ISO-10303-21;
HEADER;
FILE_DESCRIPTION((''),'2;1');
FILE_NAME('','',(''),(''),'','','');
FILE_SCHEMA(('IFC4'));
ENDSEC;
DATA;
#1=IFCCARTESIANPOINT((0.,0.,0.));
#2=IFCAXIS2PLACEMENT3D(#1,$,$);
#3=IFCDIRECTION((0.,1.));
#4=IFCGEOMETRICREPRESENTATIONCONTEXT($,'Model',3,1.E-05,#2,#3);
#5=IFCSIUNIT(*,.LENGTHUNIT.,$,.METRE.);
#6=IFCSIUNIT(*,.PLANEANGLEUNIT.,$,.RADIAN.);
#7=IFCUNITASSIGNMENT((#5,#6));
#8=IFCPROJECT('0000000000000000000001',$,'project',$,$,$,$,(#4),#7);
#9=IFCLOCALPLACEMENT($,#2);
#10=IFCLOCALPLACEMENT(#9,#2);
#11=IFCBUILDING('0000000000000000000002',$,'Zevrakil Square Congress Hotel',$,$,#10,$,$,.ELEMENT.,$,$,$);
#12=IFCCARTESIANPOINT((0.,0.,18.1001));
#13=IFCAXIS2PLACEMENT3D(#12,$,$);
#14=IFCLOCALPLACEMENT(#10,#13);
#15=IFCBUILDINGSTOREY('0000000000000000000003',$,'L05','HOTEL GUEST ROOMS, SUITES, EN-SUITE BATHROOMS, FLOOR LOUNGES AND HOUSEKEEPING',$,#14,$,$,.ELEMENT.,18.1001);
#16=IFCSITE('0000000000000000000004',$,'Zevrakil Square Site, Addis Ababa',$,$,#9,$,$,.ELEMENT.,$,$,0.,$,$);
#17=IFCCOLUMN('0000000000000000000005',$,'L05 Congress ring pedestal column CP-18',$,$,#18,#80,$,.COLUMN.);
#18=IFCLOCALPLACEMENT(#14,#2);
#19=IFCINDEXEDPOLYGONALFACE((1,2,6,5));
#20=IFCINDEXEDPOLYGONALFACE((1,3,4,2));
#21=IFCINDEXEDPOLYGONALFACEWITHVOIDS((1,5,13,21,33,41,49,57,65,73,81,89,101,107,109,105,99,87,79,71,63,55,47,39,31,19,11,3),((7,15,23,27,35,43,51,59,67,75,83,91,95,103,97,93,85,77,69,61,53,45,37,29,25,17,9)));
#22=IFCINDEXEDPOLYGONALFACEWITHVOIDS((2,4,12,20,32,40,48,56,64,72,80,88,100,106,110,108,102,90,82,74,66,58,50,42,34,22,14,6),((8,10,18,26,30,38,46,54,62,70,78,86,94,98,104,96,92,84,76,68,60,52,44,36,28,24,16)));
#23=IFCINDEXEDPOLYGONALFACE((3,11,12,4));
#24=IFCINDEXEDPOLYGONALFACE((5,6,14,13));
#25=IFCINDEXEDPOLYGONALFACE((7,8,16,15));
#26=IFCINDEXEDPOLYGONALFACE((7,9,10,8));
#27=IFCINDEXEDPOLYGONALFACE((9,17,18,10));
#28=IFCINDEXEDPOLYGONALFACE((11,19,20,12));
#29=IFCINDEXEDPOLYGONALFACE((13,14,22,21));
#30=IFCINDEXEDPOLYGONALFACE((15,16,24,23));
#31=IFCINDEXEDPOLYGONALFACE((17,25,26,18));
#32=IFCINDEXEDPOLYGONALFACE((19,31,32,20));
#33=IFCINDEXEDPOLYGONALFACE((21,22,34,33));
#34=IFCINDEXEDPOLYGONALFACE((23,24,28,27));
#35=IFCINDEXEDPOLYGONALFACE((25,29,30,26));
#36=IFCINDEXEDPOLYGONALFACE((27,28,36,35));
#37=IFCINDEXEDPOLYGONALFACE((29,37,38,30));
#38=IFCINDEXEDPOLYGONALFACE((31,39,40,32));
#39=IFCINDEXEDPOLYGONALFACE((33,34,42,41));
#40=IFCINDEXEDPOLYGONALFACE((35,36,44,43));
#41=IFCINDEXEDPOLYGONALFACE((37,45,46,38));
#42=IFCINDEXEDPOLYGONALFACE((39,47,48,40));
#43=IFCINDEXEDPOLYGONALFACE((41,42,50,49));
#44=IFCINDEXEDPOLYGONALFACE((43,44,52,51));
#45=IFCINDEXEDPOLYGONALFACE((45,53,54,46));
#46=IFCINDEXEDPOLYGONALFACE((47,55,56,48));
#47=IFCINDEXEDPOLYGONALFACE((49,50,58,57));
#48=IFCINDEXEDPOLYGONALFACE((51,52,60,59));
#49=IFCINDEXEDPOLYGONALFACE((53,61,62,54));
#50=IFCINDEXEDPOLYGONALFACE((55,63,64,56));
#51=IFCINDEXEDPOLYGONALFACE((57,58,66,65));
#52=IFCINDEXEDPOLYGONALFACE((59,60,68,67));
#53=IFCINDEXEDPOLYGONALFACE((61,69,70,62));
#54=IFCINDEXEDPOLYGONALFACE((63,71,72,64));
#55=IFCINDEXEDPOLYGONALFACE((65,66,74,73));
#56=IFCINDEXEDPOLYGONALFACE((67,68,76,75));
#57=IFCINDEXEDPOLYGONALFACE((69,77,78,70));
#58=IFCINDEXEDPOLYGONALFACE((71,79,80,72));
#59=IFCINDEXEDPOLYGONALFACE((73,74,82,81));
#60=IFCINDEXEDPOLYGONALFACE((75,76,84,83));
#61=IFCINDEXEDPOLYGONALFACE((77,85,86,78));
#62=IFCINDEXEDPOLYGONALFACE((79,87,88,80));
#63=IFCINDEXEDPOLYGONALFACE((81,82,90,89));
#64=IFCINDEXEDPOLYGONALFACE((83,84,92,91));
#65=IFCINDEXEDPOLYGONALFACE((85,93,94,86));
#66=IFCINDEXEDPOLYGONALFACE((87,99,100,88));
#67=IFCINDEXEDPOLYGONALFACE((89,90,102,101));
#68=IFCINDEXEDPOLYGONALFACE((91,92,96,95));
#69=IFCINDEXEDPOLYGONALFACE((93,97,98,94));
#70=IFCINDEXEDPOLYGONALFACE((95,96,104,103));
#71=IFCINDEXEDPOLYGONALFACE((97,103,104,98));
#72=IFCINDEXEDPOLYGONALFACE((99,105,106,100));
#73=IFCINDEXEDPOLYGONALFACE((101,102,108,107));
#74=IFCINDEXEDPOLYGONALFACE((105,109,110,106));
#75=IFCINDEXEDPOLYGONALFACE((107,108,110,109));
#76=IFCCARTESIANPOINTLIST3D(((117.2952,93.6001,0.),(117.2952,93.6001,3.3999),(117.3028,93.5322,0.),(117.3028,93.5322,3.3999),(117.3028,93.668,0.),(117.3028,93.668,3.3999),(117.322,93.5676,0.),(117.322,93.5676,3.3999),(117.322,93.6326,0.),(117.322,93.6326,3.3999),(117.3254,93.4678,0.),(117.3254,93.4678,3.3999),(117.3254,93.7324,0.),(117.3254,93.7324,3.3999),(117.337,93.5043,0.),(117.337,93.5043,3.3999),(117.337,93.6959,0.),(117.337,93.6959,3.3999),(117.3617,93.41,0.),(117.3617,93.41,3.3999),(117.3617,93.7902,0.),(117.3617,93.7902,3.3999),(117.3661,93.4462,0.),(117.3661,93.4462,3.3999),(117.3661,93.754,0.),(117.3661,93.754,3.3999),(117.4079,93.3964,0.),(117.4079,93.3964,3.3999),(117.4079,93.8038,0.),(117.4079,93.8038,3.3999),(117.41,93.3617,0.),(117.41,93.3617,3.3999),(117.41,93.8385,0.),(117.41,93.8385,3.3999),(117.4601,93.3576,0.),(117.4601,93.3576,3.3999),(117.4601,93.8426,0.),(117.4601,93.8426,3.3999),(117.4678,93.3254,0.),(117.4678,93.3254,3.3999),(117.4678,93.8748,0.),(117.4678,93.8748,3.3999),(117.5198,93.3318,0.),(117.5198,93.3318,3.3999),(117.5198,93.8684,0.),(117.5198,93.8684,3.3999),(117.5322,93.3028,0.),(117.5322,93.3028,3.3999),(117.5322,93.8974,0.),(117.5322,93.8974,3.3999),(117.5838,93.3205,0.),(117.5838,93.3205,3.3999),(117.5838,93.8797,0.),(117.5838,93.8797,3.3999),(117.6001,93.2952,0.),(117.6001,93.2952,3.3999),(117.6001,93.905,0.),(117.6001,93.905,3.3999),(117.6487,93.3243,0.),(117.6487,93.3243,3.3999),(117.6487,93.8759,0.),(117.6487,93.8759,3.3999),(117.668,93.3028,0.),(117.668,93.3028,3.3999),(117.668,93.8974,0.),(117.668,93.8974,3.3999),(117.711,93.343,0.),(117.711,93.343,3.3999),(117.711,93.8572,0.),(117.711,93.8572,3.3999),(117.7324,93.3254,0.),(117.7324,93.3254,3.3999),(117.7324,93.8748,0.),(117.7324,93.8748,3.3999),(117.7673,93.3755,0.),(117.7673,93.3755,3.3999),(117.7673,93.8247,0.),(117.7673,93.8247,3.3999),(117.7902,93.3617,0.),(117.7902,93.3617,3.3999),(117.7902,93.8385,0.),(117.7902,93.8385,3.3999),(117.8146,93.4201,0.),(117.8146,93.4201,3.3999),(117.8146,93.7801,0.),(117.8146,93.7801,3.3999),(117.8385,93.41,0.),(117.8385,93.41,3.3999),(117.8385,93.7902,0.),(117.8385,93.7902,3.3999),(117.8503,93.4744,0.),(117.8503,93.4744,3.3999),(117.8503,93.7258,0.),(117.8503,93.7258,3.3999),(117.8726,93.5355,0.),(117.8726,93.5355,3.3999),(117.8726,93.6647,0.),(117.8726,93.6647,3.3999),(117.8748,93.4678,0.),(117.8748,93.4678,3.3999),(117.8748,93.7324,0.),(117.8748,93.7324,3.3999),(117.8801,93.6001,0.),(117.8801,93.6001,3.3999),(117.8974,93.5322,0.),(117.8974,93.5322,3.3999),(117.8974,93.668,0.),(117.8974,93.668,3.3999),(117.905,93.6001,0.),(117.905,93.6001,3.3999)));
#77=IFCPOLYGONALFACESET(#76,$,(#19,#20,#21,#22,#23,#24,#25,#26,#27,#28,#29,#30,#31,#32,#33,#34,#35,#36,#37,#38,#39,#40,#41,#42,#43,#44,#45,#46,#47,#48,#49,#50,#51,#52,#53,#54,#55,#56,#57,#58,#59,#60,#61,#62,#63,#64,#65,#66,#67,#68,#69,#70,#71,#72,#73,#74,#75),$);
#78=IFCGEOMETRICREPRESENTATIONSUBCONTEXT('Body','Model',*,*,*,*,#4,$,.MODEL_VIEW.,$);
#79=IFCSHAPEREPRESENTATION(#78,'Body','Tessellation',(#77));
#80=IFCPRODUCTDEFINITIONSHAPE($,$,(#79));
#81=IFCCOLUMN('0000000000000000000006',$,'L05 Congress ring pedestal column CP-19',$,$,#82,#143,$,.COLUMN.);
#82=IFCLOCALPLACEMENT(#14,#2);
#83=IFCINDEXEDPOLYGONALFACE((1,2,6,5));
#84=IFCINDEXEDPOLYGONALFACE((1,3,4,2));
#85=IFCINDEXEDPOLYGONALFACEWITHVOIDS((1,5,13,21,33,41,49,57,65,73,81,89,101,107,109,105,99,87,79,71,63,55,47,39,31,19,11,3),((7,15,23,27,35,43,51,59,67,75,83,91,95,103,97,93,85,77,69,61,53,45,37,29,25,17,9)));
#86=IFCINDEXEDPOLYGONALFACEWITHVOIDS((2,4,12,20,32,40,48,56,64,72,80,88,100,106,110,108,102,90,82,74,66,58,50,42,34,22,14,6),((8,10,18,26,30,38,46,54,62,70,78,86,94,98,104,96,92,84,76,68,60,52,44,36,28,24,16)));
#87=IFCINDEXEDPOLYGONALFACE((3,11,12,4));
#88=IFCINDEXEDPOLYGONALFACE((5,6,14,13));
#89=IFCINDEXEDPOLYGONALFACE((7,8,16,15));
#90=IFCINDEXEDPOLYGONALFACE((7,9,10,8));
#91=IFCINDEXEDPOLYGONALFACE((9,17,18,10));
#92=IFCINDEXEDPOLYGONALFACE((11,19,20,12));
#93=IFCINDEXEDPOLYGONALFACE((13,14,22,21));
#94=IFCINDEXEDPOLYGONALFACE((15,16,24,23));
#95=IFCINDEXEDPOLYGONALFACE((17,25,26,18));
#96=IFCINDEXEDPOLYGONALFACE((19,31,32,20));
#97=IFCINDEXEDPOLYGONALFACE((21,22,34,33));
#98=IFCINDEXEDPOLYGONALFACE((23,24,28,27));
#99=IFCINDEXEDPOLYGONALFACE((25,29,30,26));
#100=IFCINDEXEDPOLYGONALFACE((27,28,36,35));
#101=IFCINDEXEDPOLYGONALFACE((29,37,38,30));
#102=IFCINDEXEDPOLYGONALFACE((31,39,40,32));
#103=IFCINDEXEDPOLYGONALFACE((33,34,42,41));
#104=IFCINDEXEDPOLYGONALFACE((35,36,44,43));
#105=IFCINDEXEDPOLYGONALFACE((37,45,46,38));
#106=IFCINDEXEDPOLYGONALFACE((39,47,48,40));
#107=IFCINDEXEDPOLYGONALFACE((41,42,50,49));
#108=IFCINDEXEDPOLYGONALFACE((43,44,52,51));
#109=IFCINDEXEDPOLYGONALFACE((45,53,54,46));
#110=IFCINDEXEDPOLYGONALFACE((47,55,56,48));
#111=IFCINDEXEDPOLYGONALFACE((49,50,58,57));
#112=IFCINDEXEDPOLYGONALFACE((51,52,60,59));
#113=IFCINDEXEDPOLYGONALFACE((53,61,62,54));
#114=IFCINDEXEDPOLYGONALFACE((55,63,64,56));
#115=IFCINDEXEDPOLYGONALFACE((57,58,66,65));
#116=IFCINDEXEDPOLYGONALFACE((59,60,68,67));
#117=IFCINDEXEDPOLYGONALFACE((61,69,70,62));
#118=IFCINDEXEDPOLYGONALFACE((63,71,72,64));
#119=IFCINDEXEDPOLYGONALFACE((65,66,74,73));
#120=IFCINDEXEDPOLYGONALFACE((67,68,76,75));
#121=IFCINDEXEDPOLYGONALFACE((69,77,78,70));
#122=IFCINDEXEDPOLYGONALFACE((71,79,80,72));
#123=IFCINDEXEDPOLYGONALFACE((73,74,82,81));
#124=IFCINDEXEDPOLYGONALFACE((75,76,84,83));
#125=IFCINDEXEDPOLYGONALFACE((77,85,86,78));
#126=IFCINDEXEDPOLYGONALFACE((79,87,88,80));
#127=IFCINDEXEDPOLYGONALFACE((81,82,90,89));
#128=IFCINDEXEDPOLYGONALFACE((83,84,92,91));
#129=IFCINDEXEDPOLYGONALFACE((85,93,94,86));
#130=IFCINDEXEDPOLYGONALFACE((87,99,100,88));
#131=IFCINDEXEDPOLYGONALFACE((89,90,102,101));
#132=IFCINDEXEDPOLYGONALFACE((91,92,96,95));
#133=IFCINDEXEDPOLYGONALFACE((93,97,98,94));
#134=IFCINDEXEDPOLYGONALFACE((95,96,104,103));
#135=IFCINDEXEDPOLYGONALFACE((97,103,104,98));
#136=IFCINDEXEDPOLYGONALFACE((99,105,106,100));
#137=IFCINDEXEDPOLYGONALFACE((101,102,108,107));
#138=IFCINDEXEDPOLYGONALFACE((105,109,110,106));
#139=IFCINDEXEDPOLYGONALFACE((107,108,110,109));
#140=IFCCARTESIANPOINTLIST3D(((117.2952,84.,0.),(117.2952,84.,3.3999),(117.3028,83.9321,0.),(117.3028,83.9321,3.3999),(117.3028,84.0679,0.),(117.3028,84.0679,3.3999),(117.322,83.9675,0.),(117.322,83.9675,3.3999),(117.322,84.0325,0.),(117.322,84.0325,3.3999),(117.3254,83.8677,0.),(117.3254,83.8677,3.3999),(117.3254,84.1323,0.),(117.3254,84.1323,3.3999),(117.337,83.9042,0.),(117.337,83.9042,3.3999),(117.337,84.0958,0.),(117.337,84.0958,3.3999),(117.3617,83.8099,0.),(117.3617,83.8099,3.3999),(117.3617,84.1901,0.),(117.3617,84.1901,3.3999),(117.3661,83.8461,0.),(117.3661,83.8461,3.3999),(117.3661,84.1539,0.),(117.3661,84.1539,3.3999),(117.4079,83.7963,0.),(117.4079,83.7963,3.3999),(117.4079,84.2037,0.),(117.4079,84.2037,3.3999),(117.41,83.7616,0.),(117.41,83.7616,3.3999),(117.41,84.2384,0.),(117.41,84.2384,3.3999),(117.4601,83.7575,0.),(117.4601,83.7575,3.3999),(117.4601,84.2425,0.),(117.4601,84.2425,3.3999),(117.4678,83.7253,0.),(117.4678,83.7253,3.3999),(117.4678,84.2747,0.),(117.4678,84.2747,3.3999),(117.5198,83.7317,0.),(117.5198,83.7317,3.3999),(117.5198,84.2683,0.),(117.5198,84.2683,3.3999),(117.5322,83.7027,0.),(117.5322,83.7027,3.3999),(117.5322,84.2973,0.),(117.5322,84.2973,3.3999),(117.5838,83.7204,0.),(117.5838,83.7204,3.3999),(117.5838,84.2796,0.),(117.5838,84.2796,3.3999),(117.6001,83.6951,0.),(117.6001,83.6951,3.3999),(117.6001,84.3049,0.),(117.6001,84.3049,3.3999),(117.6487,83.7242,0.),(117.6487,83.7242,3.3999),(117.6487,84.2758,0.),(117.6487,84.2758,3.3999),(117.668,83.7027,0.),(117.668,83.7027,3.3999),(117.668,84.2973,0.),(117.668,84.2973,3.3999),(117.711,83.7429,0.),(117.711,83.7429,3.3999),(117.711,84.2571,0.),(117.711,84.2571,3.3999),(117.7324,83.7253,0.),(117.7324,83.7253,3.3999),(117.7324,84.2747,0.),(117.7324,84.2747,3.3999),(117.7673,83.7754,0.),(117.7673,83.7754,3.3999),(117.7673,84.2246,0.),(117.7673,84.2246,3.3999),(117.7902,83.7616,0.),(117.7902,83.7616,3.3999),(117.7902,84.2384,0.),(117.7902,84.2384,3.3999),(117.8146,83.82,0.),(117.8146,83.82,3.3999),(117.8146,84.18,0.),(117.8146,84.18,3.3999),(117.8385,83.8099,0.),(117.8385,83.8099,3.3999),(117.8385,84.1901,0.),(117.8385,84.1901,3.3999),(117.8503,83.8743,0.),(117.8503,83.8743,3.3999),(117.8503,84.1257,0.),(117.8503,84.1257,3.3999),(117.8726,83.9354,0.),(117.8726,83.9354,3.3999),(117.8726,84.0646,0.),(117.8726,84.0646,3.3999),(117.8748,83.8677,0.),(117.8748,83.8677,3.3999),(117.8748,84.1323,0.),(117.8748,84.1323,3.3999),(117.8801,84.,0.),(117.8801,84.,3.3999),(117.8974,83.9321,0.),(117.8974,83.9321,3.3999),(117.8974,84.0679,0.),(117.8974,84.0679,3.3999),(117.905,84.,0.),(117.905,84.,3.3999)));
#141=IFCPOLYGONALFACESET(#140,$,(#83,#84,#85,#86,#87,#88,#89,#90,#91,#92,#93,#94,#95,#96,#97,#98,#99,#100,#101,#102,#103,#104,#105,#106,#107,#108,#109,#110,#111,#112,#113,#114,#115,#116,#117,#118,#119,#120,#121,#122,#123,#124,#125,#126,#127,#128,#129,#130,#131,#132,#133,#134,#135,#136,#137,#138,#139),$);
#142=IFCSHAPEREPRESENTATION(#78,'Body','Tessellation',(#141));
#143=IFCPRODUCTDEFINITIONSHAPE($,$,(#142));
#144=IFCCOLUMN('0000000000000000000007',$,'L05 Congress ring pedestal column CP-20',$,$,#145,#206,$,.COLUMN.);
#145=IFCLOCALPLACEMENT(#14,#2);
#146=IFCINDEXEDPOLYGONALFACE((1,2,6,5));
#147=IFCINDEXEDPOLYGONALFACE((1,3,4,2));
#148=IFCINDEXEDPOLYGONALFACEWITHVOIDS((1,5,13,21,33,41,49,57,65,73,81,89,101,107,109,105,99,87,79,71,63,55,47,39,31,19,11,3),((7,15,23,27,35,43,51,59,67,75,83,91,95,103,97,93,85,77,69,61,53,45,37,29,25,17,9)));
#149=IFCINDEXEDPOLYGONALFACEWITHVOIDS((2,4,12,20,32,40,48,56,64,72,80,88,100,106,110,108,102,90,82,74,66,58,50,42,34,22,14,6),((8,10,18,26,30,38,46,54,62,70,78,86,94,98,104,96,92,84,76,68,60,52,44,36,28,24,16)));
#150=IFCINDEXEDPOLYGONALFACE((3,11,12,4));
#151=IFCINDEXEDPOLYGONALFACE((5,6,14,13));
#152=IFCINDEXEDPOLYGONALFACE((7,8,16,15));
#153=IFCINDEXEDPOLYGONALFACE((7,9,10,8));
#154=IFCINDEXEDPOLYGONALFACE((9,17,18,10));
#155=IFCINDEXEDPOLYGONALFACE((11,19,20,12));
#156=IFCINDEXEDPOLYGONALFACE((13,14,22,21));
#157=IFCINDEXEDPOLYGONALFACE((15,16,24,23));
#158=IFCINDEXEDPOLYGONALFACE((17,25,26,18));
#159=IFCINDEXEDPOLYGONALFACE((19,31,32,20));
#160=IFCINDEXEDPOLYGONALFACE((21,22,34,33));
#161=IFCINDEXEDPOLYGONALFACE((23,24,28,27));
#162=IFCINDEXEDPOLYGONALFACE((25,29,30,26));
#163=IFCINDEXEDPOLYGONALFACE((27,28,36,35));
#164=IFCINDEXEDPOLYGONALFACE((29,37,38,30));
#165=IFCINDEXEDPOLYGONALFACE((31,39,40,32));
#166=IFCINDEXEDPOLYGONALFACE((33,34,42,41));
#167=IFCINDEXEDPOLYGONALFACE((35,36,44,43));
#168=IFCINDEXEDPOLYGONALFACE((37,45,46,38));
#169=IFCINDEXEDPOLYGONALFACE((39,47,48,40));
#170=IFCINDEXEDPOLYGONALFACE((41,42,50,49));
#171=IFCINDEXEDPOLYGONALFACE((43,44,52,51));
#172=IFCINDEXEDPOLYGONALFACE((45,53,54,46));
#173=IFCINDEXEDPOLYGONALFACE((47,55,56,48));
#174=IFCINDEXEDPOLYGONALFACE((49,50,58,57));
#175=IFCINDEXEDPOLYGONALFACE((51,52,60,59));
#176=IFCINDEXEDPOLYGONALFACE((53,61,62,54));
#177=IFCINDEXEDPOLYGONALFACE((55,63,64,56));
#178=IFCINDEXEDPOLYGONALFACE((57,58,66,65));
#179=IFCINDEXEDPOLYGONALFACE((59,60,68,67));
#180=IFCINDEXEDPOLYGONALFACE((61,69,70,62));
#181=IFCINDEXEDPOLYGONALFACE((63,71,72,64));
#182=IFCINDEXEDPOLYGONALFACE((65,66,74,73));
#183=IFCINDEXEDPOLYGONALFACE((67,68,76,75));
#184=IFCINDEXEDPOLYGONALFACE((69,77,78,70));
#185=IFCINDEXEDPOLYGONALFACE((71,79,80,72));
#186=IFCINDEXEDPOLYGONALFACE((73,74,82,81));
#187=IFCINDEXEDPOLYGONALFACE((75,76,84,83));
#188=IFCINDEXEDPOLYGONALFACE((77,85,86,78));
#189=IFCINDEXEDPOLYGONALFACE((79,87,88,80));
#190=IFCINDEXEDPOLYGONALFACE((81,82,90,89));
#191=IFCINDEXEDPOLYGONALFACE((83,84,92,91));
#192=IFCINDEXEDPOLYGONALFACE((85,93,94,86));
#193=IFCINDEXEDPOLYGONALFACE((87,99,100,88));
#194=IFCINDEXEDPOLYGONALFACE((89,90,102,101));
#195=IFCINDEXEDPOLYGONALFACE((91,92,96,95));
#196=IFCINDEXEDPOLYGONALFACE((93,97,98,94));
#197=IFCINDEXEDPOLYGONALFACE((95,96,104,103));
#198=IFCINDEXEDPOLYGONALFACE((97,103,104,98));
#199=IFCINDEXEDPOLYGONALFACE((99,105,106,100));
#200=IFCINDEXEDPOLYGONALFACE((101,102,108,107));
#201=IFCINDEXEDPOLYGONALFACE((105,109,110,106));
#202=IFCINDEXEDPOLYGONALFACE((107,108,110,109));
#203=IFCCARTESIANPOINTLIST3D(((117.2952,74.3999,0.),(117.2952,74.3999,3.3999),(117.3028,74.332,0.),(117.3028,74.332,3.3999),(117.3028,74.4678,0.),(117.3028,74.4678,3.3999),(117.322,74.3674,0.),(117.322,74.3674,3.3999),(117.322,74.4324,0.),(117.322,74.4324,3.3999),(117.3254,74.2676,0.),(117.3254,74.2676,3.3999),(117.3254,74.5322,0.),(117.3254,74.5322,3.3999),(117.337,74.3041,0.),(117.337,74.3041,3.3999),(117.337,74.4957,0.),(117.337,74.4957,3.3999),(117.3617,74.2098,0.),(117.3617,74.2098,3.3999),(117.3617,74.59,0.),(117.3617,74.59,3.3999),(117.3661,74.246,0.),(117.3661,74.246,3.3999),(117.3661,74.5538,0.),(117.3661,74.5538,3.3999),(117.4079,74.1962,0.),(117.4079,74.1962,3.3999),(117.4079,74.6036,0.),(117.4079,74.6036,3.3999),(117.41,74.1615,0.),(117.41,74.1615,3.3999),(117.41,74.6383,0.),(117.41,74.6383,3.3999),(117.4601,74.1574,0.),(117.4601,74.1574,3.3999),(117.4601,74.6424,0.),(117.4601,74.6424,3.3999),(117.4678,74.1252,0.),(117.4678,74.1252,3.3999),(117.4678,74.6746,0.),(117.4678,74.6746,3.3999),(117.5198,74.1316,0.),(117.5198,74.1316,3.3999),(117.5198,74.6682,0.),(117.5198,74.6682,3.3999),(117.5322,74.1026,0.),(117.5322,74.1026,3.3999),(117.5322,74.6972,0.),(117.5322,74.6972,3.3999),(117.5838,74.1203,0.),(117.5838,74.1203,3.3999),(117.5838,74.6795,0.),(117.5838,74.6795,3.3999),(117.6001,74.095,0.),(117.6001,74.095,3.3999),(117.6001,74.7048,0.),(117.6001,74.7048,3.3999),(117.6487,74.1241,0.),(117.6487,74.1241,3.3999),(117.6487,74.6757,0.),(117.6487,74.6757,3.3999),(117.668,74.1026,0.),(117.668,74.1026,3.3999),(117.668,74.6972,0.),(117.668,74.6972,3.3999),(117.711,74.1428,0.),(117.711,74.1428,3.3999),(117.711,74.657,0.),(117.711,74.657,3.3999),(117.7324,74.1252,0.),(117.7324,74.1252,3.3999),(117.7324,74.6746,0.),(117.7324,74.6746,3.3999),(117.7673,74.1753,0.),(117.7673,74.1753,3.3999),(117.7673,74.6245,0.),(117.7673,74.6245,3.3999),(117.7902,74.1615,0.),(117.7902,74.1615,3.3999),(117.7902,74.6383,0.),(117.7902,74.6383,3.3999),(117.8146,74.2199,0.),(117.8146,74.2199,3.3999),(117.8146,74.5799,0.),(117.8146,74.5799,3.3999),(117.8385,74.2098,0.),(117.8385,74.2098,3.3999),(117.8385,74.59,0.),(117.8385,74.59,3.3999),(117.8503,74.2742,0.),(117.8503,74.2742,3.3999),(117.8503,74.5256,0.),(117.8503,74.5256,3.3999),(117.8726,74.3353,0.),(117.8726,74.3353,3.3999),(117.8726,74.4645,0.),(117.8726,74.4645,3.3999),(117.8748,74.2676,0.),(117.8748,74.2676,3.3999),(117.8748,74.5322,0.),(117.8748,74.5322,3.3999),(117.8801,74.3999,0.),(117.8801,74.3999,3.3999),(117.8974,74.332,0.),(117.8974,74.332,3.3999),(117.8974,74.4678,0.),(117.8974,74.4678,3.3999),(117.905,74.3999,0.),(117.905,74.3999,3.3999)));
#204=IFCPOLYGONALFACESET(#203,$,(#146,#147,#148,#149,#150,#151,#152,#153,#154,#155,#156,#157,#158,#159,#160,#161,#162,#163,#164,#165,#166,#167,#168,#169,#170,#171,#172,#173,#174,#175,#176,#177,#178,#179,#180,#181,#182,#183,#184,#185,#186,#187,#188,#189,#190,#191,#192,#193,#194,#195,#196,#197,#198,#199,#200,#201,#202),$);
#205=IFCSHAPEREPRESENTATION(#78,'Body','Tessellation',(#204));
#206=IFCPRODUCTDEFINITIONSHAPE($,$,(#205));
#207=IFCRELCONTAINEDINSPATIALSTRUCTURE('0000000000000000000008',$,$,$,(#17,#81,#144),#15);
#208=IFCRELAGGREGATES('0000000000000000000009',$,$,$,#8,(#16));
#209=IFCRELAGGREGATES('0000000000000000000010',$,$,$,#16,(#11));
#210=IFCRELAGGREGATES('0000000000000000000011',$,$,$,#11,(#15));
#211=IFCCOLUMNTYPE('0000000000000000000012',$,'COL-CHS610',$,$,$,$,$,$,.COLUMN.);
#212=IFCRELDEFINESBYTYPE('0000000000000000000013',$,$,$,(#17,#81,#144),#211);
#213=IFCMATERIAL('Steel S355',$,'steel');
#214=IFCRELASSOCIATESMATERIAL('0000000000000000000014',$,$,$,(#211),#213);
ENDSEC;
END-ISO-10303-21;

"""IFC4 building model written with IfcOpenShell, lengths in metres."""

from ifc_helpers import new_model, si_unit, direction, frame, origin, origin_2d, place, context, subcontext, project, spatial, hollow_circle, extrude, material, material_profile, profile_set, type_object, element, save


model = new_model("IFC4")

# Units and contexts
model_context = context("Model", 3, precision=1e-05, world=origin(), true_north=direction((0.0, 1.0)))
body_context = subcontext(model_context, "Body", "Model", "MODEL_VIEW")
ifc_project = project(units=[si_unit("LENGTHUNIT", "METRE"), si_unit("PLANEANGLEUNIT", "RADIAN")], contexts=[model_context])

# Site, building, storey
site_placement = place(None, origin())
site = spatial("IfcSite", under=ifc_project, at=site_placement, Name="Zevrakil Square Site, Addis Ababa", CompositionType="ELEMENT", RefElevation=0.0)
building_placement = place(site_placement, origin())
building = spatial("IfcBuilding", under=site, at=building_placement, Name="Zevrakil Square Congress Hotel", CompositionType="ELEMENT")
storey_placement = place(building_placement, frame((0.0, 0.0, 18.1001)))
storey = spatial("IfcBuildingStorey", under=building, at=storey_placement, Name="L05", Description="HOTEL GUEST ROOMS, SUITES, EN-SUITE BATHROOMS, FLOOR LOUNGES AND HOUSEKEEPING", CompositionType="ELEMENT", Elevation=18.1001)

# Columns
ifc_material_1 = material(Name="Steel S355", Category="steel")
ifc_material_profile_1 = material_profile(ifc_material_1, hollow_circle(Radius=0.3049, WallThickness=0.0249, at=origin_2d()), Name="CHS 610x25")
ifc_profile_set_1 = profile_set([ifc_material_profile_1], Name="Steel S355")
column_type = type_object("IfcColumnType", Name="COL-CHS610", PredefinedType="COLUMN", material=ifc_profile_set_1)
for number, where, z_axis, x_axis, name in (
    (1, (117.6001, 93.6001, 0.0), (0.0, 0.0, 1.0), (1.0, 0.0, 0.0), "L05 Congress ring pedestal column CP-18"),
    (2, (117.6001, 84.0, 0.0), (0.0, 0.0, 1.0), (1.0, 0.0, 0.0), "L05 Congress ring pedestal column CP-19"),
    (3, (117.6001, 74.3999, 0.0), (0.0, 0.0, 1.0), (1.0, 0.0, 0.0), "L05 Congress ring pedestal column CP-20"),
):
    element("IfcColumn", number, at=place(storey_placement, frame(where, z_axis=z_axis, x_axis=x_axis)), inside=storey, type_object=column_type, Name=name, PredefinedType="COLUMN", context=body_context, shape_type="SweptSolid", body=[
        extrude(hollow_circle(Radius=0.3049, WallThickness=0.0249, at=origin_2d()), origin(), (0.0, 0.0, 1.0), 3.3999),
    ])

save(model, "model.ifc")
